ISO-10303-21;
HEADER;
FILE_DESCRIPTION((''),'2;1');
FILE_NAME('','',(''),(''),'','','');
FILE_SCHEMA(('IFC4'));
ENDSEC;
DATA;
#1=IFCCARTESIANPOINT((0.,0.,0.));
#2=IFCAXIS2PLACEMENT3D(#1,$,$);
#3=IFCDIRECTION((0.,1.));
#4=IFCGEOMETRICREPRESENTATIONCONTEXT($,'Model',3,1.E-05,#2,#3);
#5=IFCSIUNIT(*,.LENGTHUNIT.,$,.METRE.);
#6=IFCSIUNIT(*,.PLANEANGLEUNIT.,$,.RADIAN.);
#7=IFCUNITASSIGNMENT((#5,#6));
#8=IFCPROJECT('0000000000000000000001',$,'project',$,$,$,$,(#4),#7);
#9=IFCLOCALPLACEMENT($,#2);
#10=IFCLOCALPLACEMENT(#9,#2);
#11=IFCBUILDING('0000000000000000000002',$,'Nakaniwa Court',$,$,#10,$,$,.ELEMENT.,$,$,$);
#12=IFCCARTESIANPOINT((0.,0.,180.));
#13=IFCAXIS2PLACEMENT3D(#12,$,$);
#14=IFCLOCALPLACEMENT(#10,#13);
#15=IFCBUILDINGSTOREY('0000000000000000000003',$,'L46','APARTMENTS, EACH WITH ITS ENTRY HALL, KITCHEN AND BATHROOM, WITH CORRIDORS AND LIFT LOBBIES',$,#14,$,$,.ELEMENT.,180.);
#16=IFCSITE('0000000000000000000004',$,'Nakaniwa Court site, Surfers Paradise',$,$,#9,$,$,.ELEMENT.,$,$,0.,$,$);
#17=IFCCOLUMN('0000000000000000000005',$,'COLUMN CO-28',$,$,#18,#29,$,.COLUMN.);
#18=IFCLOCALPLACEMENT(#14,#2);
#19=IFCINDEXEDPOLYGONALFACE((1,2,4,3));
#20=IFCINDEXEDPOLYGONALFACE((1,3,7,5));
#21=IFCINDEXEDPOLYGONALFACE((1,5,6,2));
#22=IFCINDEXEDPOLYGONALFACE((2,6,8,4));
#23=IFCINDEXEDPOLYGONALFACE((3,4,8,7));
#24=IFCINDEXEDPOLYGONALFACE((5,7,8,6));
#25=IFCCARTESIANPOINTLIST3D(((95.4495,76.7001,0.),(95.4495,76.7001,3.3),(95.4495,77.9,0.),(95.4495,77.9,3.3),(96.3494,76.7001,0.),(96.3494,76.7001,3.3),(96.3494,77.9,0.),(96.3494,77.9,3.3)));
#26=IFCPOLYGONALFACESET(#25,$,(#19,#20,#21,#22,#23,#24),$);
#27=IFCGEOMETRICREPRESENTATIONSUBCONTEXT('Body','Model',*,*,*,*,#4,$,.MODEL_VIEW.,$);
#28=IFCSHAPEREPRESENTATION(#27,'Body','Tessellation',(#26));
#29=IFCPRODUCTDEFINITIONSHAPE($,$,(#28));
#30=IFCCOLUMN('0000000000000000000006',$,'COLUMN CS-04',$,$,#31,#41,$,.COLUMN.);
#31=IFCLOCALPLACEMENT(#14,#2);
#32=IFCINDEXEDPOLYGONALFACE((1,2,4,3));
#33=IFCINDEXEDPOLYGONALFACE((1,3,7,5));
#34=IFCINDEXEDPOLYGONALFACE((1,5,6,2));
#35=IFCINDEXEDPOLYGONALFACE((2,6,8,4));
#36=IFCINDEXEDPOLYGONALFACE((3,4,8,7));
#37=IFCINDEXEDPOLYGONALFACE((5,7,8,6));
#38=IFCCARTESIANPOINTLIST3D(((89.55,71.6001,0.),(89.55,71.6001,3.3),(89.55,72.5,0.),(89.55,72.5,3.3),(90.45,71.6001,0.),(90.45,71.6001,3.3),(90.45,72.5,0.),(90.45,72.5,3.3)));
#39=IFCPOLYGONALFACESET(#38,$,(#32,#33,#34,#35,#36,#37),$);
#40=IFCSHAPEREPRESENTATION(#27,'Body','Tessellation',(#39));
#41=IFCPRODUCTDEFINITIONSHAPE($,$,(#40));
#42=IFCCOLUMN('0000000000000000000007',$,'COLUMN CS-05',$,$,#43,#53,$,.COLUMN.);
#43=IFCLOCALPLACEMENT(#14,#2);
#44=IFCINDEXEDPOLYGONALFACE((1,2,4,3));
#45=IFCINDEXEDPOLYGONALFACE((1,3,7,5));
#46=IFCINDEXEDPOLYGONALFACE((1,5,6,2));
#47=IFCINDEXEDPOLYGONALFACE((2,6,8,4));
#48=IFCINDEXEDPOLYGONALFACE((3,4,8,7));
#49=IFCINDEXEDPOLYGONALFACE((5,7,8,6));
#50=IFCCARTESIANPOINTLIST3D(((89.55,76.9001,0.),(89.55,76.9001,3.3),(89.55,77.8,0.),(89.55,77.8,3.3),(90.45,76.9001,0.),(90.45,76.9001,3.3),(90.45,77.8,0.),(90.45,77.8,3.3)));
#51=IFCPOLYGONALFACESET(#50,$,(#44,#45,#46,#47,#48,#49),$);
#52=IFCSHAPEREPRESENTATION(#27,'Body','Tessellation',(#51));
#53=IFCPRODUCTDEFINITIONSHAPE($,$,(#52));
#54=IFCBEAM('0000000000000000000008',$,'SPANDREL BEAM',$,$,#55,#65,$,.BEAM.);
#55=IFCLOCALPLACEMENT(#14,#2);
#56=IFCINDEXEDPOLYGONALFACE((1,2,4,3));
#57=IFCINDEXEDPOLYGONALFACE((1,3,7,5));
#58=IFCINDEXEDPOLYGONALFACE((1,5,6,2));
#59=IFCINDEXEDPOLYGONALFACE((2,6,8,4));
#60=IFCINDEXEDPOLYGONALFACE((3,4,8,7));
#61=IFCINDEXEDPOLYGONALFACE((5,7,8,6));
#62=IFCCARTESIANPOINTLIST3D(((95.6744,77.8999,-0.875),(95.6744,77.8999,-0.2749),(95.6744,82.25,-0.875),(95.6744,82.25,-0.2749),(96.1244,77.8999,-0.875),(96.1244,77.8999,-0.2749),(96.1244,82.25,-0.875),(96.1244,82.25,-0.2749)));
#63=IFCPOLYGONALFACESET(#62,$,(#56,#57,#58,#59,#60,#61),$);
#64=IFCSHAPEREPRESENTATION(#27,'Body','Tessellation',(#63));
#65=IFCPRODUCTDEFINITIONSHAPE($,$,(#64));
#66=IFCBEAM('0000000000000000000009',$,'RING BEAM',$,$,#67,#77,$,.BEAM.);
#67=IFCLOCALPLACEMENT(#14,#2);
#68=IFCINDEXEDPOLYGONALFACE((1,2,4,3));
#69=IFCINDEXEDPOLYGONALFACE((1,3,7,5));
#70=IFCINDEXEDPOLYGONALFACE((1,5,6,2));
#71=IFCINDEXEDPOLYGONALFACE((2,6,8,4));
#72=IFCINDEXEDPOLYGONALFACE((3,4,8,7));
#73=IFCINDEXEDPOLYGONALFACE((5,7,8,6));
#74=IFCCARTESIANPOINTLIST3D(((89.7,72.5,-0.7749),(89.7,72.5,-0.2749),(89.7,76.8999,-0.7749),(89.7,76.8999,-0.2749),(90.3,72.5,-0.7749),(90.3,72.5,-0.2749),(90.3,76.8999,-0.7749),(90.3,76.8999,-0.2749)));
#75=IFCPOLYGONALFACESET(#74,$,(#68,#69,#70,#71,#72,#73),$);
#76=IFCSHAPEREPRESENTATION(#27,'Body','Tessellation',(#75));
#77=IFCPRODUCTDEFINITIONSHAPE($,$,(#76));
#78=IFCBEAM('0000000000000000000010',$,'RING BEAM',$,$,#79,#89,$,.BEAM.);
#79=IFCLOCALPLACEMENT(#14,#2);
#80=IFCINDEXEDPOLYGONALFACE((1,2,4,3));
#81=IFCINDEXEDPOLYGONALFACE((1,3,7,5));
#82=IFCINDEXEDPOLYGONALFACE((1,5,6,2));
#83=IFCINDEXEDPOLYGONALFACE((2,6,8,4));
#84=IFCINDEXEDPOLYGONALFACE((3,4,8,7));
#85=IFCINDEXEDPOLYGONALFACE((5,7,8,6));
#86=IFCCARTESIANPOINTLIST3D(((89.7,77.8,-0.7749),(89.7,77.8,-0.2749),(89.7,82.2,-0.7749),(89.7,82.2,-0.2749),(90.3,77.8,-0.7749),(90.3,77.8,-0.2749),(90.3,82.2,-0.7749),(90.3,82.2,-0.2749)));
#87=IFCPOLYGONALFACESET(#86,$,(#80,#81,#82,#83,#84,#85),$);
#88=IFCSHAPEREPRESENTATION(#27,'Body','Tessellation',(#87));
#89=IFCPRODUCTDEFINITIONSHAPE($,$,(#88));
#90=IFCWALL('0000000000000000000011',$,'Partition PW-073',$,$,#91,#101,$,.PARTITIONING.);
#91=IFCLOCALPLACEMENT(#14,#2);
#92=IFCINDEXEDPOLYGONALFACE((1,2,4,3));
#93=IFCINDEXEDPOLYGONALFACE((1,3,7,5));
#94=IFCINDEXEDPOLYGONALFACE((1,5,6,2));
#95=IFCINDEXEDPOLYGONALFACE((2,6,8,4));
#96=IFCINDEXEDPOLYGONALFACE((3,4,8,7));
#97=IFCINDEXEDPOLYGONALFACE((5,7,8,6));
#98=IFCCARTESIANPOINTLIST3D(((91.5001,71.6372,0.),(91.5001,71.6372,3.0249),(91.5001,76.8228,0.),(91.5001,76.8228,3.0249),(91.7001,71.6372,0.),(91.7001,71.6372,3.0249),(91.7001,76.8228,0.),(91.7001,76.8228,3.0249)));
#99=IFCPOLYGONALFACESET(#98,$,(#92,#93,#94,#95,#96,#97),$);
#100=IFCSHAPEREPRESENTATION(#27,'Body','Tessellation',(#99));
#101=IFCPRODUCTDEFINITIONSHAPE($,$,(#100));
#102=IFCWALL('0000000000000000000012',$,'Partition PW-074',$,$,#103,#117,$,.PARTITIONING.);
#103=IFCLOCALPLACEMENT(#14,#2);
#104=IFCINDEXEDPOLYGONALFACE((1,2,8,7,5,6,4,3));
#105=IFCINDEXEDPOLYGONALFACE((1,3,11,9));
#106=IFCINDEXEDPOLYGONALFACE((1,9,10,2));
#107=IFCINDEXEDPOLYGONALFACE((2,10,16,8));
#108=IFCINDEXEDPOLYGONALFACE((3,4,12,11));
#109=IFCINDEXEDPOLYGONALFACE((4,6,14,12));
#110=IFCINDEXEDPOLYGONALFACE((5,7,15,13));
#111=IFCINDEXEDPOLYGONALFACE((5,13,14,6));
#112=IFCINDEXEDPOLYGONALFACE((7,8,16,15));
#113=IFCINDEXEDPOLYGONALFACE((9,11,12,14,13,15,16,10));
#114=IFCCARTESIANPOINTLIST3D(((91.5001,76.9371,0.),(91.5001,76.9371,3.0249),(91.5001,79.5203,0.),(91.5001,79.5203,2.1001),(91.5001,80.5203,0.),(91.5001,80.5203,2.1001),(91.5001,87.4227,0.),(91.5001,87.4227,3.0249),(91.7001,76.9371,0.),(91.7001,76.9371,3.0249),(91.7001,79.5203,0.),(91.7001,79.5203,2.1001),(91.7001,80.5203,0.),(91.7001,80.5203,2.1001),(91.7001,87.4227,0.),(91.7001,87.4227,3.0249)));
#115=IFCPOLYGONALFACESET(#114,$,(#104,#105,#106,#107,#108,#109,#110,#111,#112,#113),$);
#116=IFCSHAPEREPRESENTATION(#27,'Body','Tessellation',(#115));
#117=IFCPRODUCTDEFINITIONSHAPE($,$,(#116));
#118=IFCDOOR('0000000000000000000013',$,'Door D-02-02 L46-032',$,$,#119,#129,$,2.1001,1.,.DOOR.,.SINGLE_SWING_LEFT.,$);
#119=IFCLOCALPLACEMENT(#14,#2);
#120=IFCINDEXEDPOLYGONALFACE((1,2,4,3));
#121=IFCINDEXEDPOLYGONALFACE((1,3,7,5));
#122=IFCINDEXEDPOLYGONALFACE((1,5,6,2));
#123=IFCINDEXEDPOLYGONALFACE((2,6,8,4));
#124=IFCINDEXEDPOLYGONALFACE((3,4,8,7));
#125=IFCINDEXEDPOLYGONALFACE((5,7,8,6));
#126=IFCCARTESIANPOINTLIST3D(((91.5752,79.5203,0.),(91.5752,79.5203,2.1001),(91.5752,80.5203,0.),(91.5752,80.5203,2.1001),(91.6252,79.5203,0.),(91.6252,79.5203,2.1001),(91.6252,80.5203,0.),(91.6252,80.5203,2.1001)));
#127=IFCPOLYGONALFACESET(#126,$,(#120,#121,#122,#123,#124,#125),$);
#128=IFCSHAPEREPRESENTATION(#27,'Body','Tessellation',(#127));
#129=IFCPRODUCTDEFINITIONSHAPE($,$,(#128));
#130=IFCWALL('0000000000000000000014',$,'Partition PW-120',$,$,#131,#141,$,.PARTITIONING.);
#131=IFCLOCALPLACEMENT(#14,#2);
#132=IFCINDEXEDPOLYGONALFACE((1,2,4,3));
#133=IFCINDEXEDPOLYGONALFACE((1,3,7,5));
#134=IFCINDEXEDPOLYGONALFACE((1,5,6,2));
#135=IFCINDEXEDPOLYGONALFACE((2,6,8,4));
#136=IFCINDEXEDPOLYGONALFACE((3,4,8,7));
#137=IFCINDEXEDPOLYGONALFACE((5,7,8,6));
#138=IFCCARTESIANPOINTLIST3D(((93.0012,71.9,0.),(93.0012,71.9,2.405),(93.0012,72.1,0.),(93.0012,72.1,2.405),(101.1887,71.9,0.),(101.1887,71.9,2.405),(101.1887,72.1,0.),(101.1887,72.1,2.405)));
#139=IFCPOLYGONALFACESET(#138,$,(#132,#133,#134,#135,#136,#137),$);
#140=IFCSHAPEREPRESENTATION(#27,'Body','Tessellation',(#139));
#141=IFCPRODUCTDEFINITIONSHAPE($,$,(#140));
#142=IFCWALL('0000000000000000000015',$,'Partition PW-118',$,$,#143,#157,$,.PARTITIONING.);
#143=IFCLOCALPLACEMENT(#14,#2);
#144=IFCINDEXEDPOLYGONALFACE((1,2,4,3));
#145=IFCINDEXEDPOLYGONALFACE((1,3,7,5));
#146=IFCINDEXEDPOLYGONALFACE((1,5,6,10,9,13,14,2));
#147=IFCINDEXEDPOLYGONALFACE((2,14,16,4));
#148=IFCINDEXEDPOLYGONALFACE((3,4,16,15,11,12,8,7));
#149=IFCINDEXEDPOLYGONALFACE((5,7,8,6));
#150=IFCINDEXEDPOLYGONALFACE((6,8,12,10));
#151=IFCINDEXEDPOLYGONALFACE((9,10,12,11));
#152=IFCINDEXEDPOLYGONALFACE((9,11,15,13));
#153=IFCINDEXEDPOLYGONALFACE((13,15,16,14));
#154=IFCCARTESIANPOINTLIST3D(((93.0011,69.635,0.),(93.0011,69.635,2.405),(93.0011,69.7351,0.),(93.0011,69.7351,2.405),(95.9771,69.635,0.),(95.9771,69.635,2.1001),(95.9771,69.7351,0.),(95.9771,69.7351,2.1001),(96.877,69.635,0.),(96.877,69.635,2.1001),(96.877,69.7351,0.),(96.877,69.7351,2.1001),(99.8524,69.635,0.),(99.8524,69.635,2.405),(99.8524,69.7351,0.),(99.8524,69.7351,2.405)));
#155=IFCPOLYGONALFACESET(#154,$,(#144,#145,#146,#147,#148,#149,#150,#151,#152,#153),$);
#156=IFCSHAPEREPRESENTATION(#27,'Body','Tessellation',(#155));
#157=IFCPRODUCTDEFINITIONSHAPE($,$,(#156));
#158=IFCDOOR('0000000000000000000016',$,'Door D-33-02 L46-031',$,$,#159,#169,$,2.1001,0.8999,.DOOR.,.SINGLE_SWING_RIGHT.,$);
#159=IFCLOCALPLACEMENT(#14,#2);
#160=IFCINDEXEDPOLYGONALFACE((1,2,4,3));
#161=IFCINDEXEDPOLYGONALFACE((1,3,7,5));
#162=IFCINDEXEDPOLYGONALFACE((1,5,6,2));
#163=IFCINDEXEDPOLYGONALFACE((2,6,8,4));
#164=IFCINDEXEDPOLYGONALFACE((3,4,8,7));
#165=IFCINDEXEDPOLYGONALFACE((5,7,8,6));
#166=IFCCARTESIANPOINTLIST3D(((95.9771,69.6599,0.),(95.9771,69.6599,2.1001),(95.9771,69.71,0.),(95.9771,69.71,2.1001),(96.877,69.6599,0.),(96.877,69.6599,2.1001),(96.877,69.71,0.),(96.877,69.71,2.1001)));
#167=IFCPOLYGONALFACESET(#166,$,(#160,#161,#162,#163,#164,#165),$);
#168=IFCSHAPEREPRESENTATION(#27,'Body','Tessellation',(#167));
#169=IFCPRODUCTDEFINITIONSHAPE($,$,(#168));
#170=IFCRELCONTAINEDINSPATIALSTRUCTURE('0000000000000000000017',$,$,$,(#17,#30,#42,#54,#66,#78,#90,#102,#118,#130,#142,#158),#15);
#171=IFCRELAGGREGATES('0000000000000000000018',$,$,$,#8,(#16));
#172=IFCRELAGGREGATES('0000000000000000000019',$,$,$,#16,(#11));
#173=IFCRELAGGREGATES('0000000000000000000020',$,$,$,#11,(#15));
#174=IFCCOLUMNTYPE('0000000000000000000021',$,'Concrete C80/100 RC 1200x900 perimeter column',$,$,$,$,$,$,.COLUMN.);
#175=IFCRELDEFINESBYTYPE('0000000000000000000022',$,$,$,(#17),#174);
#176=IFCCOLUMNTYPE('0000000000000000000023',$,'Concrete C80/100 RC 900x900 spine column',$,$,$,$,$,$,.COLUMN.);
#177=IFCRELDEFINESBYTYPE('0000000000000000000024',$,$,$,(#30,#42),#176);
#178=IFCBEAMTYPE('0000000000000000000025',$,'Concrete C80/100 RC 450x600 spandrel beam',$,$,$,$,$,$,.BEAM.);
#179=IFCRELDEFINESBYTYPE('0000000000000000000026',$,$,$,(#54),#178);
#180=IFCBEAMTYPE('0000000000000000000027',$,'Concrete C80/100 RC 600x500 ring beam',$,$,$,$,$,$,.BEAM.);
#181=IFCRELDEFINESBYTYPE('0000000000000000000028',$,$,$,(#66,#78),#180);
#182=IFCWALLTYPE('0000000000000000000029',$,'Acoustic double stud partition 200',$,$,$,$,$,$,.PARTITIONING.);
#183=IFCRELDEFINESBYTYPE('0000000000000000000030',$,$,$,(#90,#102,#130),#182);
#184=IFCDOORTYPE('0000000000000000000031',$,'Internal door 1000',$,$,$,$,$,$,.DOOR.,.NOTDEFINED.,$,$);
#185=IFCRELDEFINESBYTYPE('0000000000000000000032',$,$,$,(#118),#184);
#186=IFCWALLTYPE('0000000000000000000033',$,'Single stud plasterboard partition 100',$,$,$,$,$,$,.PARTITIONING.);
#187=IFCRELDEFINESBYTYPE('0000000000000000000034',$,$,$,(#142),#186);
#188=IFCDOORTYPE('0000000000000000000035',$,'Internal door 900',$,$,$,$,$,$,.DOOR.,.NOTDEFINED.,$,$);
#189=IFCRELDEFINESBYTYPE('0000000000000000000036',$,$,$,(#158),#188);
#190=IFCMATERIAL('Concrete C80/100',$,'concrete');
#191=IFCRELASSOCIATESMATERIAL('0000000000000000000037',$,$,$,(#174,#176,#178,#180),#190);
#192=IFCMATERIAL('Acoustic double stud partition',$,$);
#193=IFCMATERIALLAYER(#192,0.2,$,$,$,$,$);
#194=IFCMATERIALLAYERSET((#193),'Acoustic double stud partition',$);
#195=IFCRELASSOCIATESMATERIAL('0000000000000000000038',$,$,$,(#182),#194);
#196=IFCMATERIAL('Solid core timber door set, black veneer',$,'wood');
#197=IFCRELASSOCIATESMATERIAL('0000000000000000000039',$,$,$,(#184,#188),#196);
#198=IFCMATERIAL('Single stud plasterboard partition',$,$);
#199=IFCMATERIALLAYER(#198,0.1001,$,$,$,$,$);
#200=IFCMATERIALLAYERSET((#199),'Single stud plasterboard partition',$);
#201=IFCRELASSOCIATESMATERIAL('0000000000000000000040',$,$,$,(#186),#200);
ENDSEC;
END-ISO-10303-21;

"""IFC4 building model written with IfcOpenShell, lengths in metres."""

from ifc_helpers import new_model, si_unit, direction, frame, frame_2d, origin, origin_2d, place, context, subcontext, project, spatial, rectangle, extrude, material, layer, layer_set, material_profile, profile_set, type_object, element, fill, save


model = new_model("IFC4")

# Units and contexts
model_context = context("Model", 3, precision=1e-05, world=origin(), true_north=direction((0.0, 1.0)))
body_context = subcontext(model_context, "Body", "Model", "MODEL_VIEW")
ifc_project = project(units=[si_unit("LENGTHUNIT", "METRE"), si_unit("PLANEANGLEUNIT", "RADIAN")], contexts=[model_context])

# Site, building, storey
site_placement = place(None, origin())
site = spatial("IfcSite", under=ifc_project, at=site_placement, Name="Nakaniwa Court site, Surfers Paradise", CompositionType="ELEMENT", RefElevation=0.0)
building_placement = place(site_placement, origin())
building = spatial("IfcBuilding", under=site, at=building_placement, Name="Nakaniwa Court", CompositionType="ELEMENT")
storey_placement = place(building_placement, frame((0.0, 0.0, 180.0)))
storey = spatial("IfcBuildingStorey", under=building, at=storey_placement, Name="L46", Description="APARTMENTS, EACH WITH ITS ENTRY HALL, KITCHEN AND BATHROOM, WITH CORRIDORS AND LIFT LOBBIES", CompositionType="ELEMENT", Elevation=180.0)

# Columns
ifc_material_1 = material(Name="Concrete C80/100", Category="concrete")
ifc_material_profile_1 = material_profile(ifc_material_1, rectangle(XDim=1.2, YDim=0.8999, at=origin_2d()), Name="Concrete C80/100 RC 1200x900 perimeter column")
ifc_profile_set_1 = profile_set([ifc_material_profile_1], Name="Concrete C80/100")
column_type_1 = type_object("IfcColumnType", Name="Concrete C80/100 RC 1200x900 perimeter column", PredefinedType="COLUMN", material=ifc_profile_set_1)
column_placement = place(storey_placement, frame((95.8994, 77.3, 0.0), z_axis=(0.0, 0.0, 1.0), x_axis=(0.0, 1.0, 0.0)))
element("IfcColumn", 1, at=column_placement, inside=storey, type_object=column_type_1, Name="COLUMN CO-28", PredefinedType="COLUMN", context=body_context, shape_type="SweptSolid", body=[
    extrude(rectangle(XDim=1.2, YDim=0.8999, at=origin_2d()), origin(), (0.0, 0.0, 1.0), 3.3),
])
ifc_material_profile_2 = material_profile(ifc_material_1, rectangle(XDim=0.8999, YDim=0.8999, at=origin_2d()), Name="Concrete C80/100 RC 900x900 spine column")
ifc_profile_set_2 = profile_set([ifc_material_profile_2], Name="Concrete C80/100")
column_type_2 = type_object("IfcColumnType", Name="Concrete C80/100 RC 900x900 spine column", PredefinedType="COLUMN", material=ifc_profile_set_2)
for number, where, z_axis, x_axis, name in (
    (2, (90.0, 72.05, 0.0), (0.0, 0.0, 1.0), (0.0, 1.0, 0.0), "COLUMN CS-04"),
    (3, (90.0, 77.3501, 0.0), (0.0, 0.0, 1.0), (0.0, 1.0, 0.0), "COLUMN CS-05"),
):
    element("IfcColumn", number, at=place(storey_placement, frame(where, z_axis=z_axis, x_axis=x_axis)), inside=storey, type_object=column_type_2, Name=name, PredefinedType="COLUMN", context=body_context, shape_type="SweptSolid", body=[
        extrude(rectangle(XDim=0.8999, YDim=0.8999, at=origin_2d()), origin(), (0.0, 0.0, 1.0), 3.3),
    ])

# Beams
ifc_material_profile_3 = material_profile(ifc_material_1, rectangle(XDim=0.45, YDim=0.6001, at=origin_2d()), Name="Concrete C80/100 RC 450x600 spandrel beam")
ifc_profile_set_3 = profile_set([ifc_material_profile_3], Name="Concrete C80/100")
beam_type_1 = type_object("IfcBeamType", Name="Concrete C80/100 RC 450x600 spandrel beam", PredefinedType="BEAM", material=ifc_profile_set_3)
beam_placement = place(storey_placement, frame((95.8994, 77.8999, -0.575), z_axis=(0.0, 1.0, 0.0), x_axis=(-1.0, 0.0, 0.0)))
element("IfcBeam", 4, at=beam_placement, inside=storey, type_object=beam_type_1, Name="SPANDREL BEAM", PredefinedType="BEAM", context=body_context, shape_type="SweptSolid", body=[
    extrude(rectangle(XDim=0.45, YDim=0.6001, at=origin_2d()), origin(), (0.0, 0.0, 1.0), 4.3501),
])
ifc_material_profile_4 = material_profile(ifc_material_1, rectangle(XDim=0.6001, YDim=0.5, at=origin_2d()), Name="Concrete C80/100 RC 600x500 ring beam")
ifc_profile_set_4 = profile_set([ifc_material_profile_4], Name="Concrete C80/100")
beam_type_2 = type_object("IfcBeamType", Name="Concrete C80/100 RC 600x500 ring beam", PredefinedType="BEAM", material=ifc_profile_set_4)
for number, where, z_axis, x_axis, name in (
    (5, (90.0, 72.5, -0.5249), (0.0, 1.0, 0.0), (-1.0, 0.0, 0.0), "RING BEAM"),
    (6, (90.0, 77.8, -0.5249), (0.0, 1.0, 0.0), (-1.0, 0.0, 0.0), "RING BEAM"),
):
    element("IfcBeam", number, at=place(storey_placement, frame(where, z_axis=z_axis, x_axis=x_axis)), inside=storey, type_object=beam_type_2, Name=name, PredefinedType="BEAM", context=body_context, shape_type="SweptSolid", body=[
        extrude(rectangle(XDim=0.6001, YDim=0.5, at=origin_2d()), origin(), (0.0, 0.0, 1.0), 4.3999),
    ])

# Wall
ifc_material_2 = material(Name="Acoustic double stud partition")
ifc_layer_1 = layer(ifc_material_2, 0.2)
ifc_layer_set_1 = layer_set([ifc_layer_1], Name="Acoustic double stud partition")
wall_type_1 = type_object("IfcWallType", Name="Acoustic double stud partition 200", PredefinedType="PARTITIONING", material=ifc_layer_set_1)
wall_1_placement = place(storey_placement, frame((91.6001, 71.6372, 0.0), z_axis=(0.0, 0.0, 1.0), x_axis=(0.0, 1.0, 0.0)))
element("IfcWall", 7, at=wall_1_placement, inside=storey, type_object=wall_type_1, Name="Partition PW-073", PredefinedType="PARTITIONING", context=body_context, shape_type="SweptSolid", body=[
    extrude(rectangle(XDim=5.1855, YDim=0.2, at=frame_2d((2.5928, 0.0))), origin(), (0.0, 0.0, 1.0), 3.0249),
])

# Wall, opening, door
wall_2_placement = place(storey_placement, frame((91.6001, 76.9373, 0.0), z_axis=(0.0, 0.0, 1.0), x_axis=(0.0, 1.0, 0.0)))
wall_2 = element("IfcWall", 8, at=wall_2_placement, inside=storey, type_object=wall_type_1, Name="Partition PW-074", PredefinedType="PARTITIONING", context=body_context, shape_type="SweptSolid", body=[
    extrude(rectangle(XDim=10.4856, YDim=0.2, at=frame_2d((5.2427, 0.0))), origin(), (0.0, 0.0, 1.0), 3.0249),
])
opening_1_placement = place(wall_2_placement, frame((2.583, 0.0, 0.0)))
opening_1 = element("IfcOpeningElement", 9, at=opening_1_placement, cuts=wall_2, PredefinedType="OPENING", context=body_context, shape_type="SweptSolid", body=[
    extrude(rectangle(XDim=1.0, YDim=2.1001, at=frame_2d((0.5, 1.05))), frame((0.0, 0.1099, 0.0), z_axis=(0.0, -1.0, 0.0), x_axis=(1.0, 0.0, 0.0)), (0.0, 0.0, 1.0), 0.22),
])
ifc_material_3 = material(Name="Solid core timber door set, black veneer", Category="wood")
door_type_1 = type_object("IfcDoorType", Name="Internal door 1000", OperationType="NOTDEFINED", PredefinedType="DOOR", material=ifc_material_3)
door_1_placement = place(opening_1_placement, origin())
door_1 = element("IfcDoor", 10, at=door_1_placement, inside=storey, type_object=door_type_1, Name="Door D-02-02 L46-032", OperationType="SINGLE_SWING_LEFT", OverallHeight=2.1001, OverallWidth=1.0, PredefinedType="DOOR", context=body_context, shape_type="SweptSolid", body=[
    extrude(rectangle(XDim=1.0, YDim=2.1001, at=frame_2d((0.5, 1.05))), frame((0.0, 0.0249, 0.0), z_axis=(0.0, -1.0, 0.0), x_axis=(1.0, 0.0, 0.0)), (0.0, 0.0, 1.0), 0.05),
])
fill(opening_1, door_1)

# Wall
wall_3_placement = place(storey_placement, frame((93.0012, 72.0, 0.0), z_axis=(0.0, 0.0, 1.0), x_axis=(1.0, 0.0, 0.0)))
element("IfcWall", 11, at=wall_3_placement, inside=storey, type_object=wall_type_1, Name="Partition PW-120", PredefinedType="PARTITIONING", context=body_context, shape_type="SweptSolid", body=[
    extrude(rectangle(XDim=8.1875, YDim=0.2, at=frame_2d((4.0938, 0.0))), origin(), (0.0, 0.0, 1.0), 2.405),
])

# Wall, opening, door
ifc_material_4 = material(Name="Single stud plasterboard partition")
ifc_layer_2 = layer(ifc_material_4, 0.1001)
ifc_layer_set_2 = layer_set([ifc_layer_2], Name="Single stud plasterboard partition")
wall_type_2 = type_object("IfcWallType", Name="Single stud plasterboard partition 100", PredefinedType="PARTITIONING", material=ifc_layer_set_2)
wall_4_placement = place(storey_placement, frame((93.001, 69.6851, 0.0), z_axis=(0.0, 0.0, 1.0), x_axis=(1.0, 0.0, 0.0)))
wall_4 = element("IfcWall", 12, at=wall_4_placement, inside=storey, type_object=wall_type_2, Name="Partition PW-118", PredefinedType="PARTITIONING", context=body_context, shape_type="SweptSolid", body=[
    extrude(rectangle(XDim=6.8513, YDim=0.1001, at=frame_2d((3.4258, 0.0))), origin(), (0.0, 0.0, 1.0), 2.405),
])
opening_2_placement = place(wall_4_placement, frame((2.9761, 0.0, 0.0)))
opening_2 = element("IfcOpeningElement", 13, at=opening_2_placement, cuts=wall_4, PredefinedType="OPENING", context=body_context, shape_type="SweptSolid", body=[
    extrude(rectangle(XDim=0.8999, YDim=2.1001, at=frame_2d((0.45, 1.05))), frame((0.0, 0.0601, 0.0), z_axis=(0.0, -1.0, 0.0), x_axis=(1.0, 0.0, 0.0)), (0.0, 0.0, 1.0), 0.1201),
])
door_type_2 = type_object("IfcDoorType", Name="Internal door 900", OperationType="NOTDEFINED", PredefinedType="DOOR", material=ifc_material_3)
door_2_placement = place(opening_2_placement, origin())
door_2 = element("IfcDoor", 14, at=door_2_placement, inside=storey, type_object=door_type_2, Name="Door D-33-02 L46-031", OperationType="SINGLE_SWING_RIGHT", OverallHeight=2.1001, OverallWidth=0.8999, PredefinedType="DOOR", context=body_context, shape_type="SweptSolid", body=[
    extrude(rectangle(XDim=0.8999, YDim=2.1001, at=frame_2d((0.45, 1.05))), frame((0.0, 0.0249, 0.0), z_axis=(0.0, -1.0, 0.0), x_axis=(1.0, 0.0, 0.0)), (0.0, 0.0, 1.0), 0.05),
])
fill(opening_2, door_2)

save(model, "model.ifc")
